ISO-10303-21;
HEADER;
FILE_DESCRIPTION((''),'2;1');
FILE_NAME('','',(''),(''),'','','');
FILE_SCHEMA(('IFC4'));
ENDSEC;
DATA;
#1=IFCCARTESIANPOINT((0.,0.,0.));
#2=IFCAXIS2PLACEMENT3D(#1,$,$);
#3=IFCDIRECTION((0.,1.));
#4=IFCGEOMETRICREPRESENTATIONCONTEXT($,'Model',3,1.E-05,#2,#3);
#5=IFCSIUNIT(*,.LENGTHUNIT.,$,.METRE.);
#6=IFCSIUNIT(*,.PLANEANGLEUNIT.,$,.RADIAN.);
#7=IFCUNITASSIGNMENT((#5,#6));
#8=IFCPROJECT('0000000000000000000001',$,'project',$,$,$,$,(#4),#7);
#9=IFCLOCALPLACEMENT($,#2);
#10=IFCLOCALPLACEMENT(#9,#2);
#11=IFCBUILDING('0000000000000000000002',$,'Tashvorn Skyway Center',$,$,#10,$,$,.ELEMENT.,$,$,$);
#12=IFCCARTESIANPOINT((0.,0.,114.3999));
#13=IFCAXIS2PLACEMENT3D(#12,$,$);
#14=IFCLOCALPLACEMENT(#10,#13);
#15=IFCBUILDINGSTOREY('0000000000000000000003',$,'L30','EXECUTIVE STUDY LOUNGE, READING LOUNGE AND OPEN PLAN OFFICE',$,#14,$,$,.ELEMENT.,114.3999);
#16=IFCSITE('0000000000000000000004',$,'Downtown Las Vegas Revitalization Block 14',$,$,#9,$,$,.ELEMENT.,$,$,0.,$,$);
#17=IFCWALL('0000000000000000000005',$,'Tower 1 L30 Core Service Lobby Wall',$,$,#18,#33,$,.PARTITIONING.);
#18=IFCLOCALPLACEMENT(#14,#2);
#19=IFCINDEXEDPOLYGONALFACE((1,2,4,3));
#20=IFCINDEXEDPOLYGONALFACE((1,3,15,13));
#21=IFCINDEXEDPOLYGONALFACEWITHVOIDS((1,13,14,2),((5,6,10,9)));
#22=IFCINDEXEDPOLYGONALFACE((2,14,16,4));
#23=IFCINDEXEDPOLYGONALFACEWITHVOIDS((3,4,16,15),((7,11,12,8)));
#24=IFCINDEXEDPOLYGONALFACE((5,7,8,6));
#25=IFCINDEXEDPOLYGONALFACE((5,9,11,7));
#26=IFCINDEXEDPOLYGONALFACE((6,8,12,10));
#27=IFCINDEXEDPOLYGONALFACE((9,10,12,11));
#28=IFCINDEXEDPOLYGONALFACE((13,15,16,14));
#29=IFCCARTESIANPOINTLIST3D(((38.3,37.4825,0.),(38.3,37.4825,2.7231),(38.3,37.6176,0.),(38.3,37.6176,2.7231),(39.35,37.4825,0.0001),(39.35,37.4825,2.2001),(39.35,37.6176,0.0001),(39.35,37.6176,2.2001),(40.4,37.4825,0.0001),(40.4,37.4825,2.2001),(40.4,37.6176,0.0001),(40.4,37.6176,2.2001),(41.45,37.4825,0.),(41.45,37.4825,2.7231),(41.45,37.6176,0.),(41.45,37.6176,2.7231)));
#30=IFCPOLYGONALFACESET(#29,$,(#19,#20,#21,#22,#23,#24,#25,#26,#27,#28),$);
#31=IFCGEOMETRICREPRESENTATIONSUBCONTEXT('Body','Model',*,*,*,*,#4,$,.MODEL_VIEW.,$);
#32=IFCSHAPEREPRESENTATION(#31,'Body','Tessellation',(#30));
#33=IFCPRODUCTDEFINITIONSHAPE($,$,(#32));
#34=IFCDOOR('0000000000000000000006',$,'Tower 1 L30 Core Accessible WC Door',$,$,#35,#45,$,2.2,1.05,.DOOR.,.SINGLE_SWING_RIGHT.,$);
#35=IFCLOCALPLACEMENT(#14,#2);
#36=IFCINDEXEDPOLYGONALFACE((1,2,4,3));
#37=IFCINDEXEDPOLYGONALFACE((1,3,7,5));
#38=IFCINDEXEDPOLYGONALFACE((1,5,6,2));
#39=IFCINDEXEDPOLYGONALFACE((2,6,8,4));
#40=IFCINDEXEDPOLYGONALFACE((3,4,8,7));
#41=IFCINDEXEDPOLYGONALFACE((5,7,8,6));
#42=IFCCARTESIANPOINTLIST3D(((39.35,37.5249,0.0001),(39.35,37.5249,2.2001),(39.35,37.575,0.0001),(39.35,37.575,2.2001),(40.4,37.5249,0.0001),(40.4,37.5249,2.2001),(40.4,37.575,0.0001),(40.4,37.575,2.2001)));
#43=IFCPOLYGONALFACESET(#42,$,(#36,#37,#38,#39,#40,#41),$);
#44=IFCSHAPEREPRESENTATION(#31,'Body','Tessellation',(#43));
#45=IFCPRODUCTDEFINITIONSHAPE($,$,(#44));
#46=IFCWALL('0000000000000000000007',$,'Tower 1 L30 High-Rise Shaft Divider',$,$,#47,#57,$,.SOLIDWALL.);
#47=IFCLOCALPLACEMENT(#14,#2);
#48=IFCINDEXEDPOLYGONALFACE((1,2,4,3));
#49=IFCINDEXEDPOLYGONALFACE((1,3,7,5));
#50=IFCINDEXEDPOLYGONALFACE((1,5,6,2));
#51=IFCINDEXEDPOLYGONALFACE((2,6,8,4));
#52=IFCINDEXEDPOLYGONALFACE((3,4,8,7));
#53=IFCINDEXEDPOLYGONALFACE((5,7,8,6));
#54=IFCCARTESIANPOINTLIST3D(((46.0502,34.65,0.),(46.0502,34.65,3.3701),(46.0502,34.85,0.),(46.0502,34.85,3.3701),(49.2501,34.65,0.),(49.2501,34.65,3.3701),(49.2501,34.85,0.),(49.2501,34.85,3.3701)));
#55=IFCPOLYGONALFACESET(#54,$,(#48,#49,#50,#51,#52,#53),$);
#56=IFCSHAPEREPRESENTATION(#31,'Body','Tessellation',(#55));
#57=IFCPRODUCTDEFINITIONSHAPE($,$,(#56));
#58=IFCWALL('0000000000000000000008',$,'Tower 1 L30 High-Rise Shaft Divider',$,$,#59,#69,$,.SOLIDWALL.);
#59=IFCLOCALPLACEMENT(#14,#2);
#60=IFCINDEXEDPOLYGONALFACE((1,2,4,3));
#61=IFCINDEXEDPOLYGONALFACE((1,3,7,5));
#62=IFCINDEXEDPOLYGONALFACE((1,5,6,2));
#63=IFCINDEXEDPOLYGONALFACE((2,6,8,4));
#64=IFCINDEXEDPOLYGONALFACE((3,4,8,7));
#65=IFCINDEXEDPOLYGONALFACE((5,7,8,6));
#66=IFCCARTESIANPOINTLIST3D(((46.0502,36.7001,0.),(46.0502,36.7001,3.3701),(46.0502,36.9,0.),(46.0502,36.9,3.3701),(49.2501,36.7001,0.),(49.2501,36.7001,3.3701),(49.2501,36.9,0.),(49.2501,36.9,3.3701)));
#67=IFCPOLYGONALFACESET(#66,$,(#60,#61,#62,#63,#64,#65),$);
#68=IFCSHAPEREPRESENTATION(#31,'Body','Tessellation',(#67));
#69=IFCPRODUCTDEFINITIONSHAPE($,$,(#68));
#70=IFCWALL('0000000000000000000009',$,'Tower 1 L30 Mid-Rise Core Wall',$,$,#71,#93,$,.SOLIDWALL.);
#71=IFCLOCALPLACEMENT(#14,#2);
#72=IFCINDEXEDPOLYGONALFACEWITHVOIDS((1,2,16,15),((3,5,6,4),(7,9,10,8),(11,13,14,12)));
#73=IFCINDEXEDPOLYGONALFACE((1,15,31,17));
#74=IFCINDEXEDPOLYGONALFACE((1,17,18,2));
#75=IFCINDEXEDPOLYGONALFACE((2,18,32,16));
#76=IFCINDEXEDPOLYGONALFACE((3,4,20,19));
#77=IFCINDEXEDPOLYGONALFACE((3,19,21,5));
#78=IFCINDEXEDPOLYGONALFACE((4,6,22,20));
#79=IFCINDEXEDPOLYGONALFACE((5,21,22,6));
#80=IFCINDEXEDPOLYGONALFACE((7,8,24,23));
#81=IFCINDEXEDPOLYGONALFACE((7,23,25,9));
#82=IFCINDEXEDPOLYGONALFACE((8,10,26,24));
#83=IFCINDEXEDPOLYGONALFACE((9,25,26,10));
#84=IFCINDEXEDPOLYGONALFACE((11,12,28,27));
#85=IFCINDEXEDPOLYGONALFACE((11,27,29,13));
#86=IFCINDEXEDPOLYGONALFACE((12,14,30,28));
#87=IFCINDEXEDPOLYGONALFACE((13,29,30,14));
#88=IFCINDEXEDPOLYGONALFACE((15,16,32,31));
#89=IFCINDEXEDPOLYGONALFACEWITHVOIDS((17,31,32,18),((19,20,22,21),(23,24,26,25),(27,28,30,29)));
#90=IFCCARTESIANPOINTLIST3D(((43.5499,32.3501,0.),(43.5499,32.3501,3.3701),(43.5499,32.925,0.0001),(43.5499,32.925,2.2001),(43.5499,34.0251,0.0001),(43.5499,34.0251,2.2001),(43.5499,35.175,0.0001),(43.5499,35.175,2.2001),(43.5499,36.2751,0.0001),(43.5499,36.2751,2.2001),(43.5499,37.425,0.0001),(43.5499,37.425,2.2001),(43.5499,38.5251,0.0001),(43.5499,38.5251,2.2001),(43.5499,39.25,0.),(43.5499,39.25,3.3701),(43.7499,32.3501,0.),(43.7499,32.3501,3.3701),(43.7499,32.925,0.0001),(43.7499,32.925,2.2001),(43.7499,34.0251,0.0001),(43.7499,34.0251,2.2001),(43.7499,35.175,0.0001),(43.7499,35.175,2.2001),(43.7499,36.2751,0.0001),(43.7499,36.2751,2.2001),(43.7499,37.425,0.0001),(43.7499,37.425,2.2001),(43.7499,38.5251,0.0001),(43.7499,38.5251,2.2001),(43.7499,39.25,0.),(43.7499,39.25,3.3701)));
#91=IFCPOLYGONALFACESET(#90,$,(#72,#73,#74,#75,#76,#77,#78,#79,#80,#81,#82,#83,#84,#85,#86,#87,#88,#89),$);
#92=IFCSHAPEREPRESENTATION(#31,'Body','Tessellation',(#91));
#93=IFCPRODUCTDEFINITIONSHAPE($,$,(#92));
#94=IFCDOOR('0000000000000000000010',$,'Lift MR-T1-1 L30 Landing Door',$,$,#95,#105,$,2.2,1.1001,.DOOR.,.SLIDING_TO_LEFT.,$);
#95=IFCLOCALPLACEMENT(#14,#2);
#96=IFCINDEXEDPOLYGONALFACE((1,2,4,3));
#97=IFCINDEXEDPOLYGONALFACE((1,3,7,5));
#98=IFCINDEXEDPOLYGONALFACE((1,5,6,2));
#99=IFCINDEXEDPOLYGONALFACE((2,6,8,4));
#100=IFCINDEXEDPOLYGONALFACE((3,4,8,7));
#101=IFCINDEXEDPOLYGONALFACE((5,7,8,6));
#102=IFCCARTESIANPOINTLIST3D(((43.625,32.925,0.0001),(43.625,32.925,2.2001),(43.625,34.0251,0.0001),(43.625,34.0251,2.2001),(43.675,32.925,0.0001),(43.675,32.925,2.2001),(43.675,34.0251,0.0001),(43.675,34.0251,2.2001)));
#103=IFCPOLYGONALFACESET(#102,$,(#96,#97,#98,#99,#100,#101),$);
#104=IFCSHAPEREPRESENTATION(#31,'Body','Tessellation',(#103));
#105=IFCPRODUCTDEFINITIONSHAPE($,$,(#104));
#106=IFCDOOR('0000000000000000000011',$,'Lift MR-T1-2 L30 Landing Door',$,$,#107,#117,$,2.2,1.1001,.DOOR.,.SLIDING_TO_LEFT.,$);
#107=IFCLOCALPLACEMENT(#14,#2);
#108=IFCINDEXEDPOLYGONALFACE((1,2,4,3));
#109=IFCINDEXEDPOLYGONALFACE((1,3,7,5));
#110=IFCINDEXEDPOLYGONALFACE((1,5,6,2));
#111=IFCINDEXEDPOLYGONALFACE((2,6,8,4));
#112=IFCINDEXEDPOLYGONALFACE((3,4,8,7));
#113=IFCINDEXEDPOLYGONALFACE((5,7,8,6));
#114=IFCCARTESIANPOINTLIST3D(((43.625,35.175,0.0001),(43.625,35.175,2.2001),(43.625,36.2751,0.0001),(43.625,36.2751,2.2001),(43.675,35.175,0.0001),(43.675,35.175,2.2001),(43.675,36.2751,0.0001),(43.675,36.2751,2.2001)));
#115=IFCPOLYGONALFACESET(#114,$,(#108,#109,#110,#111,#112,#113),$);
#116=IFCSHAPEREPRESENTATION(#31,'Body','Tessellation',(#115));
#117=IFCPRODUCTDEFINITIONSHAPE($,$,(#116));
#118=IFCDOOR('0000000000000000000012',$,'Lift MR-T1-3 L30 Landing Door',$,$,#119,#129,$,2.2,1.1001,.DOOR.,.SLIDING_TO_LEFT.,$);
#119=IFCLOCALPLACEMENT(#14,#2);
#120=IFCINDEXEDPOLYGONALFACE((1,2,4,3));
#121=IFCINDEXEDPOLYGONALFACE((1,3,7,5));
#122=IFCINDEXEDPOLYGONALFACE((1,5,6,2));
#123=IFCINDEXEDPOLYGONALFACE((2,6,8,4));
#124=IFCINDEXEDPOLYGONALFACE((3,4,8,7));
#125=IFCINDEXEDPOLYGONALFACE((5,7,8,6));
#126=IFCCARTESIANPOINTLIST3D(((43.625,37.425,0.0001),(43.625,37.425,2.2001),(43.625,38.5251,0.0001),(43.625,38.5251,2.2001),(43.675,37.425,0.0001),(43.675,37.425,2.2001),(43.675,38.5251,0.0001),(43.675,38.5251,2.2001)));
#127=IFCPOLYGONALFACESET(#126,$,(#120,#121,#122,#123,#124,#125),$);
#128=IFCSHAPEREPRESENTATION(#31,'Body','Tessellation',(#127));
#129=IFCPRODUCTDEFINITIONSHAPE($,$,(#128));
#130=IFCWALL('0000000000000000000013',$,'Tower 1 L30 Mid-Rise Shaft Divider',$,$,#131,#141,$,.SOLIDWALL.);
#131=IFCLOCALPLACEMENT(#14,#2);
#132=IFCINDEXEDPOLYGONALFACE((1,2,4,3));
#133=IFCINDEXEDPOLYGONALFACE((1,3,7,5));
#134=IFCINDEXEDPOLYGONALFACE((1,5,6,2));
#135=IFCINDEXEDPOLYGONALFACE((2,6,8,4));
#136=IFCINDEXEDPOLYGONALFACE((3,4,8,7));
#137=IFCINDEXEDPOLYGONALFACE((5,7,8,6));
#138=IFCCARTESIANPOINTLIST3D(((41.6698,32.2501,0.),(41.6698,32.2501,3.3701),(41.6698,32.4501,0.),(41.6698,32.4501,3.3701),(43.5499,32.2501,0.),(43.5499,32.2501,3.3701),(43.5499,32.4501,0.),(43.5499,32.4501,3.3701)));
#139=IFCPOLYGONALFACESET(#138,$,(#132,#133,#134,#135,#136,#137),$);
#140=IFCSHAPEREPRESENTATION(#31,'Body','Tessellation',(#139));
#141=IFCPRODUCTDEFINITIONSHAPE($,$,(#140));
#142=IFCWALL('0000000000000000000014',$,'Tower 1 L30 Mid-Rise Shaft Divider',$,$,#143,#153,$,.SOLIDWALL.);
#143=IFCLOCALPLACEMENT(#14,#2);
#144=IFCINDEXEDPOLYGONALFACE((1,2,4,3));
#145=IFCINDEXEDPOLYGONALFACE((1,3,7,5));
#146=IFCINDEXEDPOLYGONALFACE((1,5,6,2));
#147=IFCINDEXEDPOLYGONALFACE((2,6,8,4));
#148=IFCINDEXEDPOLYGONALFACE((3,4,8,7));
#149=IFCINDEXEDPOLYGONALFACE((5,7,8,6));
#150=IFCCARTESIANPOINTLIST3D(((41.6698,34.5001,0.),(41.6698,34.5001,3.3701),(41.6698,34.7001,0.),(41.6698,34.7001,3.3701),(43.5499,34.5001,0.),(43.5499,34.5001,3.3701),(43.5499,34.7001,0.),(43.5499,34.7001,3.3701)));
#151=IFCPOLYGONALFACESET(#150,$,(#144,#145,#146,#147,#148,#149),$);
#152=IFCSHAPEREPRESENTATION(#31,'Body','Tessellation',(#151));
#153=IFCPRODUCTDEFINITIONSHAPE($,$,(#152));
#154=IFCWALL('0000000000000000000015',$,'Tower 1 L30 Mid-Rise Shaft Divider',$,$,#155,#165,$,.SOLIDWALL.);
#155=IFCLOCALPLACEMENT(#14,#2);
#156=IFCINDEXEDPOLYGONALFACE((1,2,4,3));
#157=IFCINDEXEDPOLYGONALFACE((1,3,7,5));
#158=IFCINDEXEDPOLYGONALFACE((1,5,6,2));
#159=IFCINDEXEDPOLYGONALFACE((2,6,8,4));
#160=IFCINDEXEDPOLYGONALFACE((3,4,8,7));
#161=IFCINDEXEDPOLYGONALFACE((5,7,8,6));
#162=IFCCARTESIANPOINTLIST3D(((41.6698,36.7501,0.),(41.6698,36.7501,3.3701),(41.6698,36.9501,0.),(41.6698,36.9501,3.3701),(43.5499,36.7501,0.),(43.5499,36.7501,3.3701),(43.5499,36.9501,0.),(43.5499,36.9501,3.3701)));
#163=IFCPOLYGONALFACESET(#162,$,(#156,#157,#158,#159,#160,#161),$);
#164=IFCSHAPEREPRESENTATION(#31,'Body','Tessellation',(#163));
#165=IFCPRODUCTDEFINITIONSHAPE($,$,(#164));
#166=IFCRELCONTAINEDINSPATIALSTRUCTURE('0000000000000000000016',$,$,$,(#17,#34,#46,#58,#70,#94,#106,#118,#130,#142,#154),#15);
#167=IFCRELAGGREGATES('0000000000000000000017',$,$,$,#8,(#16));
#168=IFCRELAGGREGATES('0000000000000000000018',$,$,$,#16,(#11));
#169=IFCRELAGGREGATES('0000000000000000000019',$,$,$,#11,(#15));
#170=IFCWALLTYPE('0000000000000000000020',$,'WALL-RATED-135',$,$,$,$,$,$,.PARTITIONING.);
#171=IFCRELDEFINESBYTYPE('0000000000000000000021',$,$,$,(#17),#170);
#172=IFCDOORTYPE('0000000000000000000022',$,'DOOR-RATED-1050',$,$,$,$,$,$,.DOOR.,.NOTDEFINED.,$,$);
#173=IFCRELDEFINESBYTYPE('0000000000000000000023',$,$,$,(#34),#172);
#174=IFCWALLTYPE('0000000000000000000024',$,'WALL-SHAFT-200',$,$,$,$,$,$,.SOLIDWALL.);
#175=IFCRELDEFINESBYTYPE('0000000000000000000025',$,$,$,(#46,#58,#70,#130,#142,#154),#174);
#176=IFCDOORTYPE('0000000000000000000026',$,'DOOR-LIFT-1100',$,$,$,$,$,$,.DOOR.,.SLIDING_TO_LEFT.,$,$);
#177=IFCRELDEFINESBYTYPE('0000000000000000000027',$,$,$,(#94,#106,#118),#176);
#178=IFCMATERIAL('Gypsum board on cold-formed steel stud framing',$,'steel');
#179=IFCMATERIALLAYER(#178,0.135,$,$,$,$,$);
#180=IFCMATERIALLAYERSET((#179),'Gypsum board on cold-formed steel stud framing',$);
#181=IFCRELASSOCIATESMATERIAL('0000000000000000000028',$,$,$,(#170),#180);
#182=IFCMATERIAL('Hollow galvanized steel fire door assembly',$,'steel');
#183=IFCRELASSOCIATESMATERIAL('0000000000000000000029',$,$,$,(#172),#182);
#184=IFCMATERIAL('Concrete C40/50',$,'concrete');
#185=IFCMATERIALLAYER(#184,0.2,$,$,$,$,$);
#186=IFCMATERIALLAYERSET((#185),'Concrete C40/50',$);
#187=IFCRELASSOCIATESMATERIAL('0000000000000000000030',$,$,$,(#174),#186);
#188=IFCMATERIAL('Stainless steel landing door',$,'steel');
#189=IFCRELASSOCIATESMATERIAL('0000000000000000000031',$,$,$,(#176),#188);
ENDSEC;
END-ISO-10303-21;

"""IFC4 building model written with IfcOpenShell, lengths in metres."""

from ifc_helpers import new_model, si_unit, direction, frame, frame_2d, origin, place, context, subcontext, project, spatial, rectangle, extrude, material, layer, layer_set, type_object, element, fill, save


model = new_model("IFC4")

# Units and contexts
model_context = context("Model", 3, precision=1e-05, world=origin(), true_north=direction((0.0, 1.0)))
body_context = subcontext(model_context, "Body", "Model", "MODEL_VIEW")
ifc_project = project(units=[si_unit("LENGTHUNIT", "METRE"), si_unit("PLANEANGLEUNIT", "RADIAN")], contexts=[model_context])

# Site, building, storey
site_placement = place(None, origin())
site = spatial("IfcSite", under=ifc_project, at=site_placement, Name="Downtown Las Vegas Revitalization Block 14", CompositionType="ELEMENT", RefElevation=0.0)
building_placement = place(site_placement, origin())
building = spatial("IfcBuilding", under=site, at=building_placement, Name="Tashvorn Skyway Center", CompositionType="ELEMENT")
storey_placement = place(building_placement, frame((0.0, 0.0, 114.3999)))
storey = spatial("IfcBuildingStorey", under=building, at=storey_placement, Name="L30", Description="EXECUTIVE STUDY LOUNGE, READING LOUNGE AND OPEN PLAN OFFICE", CompositionType="ELEMENT", Elevation=114.3999)

# Shared definitions
ifc_material_1 = material(Name="Concrete C40/50", Category="concrete")
ifc_material_2 = material(Name="Hollow galvanized steel fire door assembly", Category="steel")

# Shared definitions
ifc_material_3 = material(Name="Gypsum board on cold-formed steel stud framing", Category="steel")

# Wall, opening, door
ifc_layer_1 = layer(ifc_material_3, 0.135)
ifc_layer_set_1 = layer_set([ifc_layer_1], Name="Gypsum board on cold-formed steel stud framing")
wall_type_1 = type_object("IfcWallType", Name="WALL-RATED-135", PredefinedType="PARTITIONING", material=ifc_layer_set_1)
wall_1_placement = place(storey_placement, frame((38.3, 37.55, 0.0), z_axis=(0.0, 0.0, 1.0), x_axis=(1.0, 0.0, 0.0)))
wall_1 = element("IfcWall", 1, at=wall_1_placement, inside=storey, type_object=wall_type_1, Name="Tower 1 L30 Core Service Lobby Wall", PredefinedType="PARTITIONING", context=body_context, shape_type="SweptSolid", body=[
    extrude(rectangle(XDim=3.1499, YDim=0.135, at=frame_2d((1.575, 0.0))), origin(), (0.0, 0.0, 1.0), 2.7231),
])
opening_1_placement = place(wall_1_placement, frame((1.05, 0.0, 0.0)))
opening_1 = element("IfcOpeningElement", 2, at=opening_1_placement, cuts=wall_1, PredefinedType="OPENING", context=body_context, shape_type="SweptSolid", body=[
    extrude(rectangle(XDim=1.05, YDim=2.2, at=frame_2d((0.5249, 1.1001))), frame((0.0, 0.0774, 0.0), z_axis=(0.0, -1.0, 0.0), x_axis=(1.0, 0.0, 0.0)), (0.0, 0.0, 1.0), 0.155),
])
door_type_1 = type_object("IfcDoorType", Name="DOOR-RATED-1050", OperationType="NOTDEFINED", PredefinedType="DOOR", material=ifc_material_2)
door_1_placement = place(opening_1_placement, origin())
door_1 = element("IfcDoor", 3, at=door_1_placement, inside=storey, type_object=door_type_1, Name="Tower 1 L30 Core Accessible WC Door", OperationType="SINGLE_SWING_RIGHT", OverallHeight=2.2, OverallWidth=1.05, PredefinedType="DOOR", context=body_context, shape_type="SweptSolid", body=[
    extrude(rectangle(XDim=1.05, YDim=2.2, at=frame_2d((0.5249, 1.1001))), frame((0.0, 0.0249, 0.0), z_axis=(0.0, -1.0, 0.0), x_axis=(1.0, 0.0, 0.0)), (0.0, 0.0, 1.0), 0.05),
])
fill(opening_1, door_1)

# Walls
ifc_layer_2 = layer(ifc_material_1, 0.2)
ifc_layer_set_2 = layer_set([ifc_layer_2], Name="Concrete C40/50")
wall_type_2 = type_object("IfcWallType", Name="WALL-SHAFT-200", PredefinedType="SOLIDWALL", material=ifc_layer_set_2)
for number, where, z_axis, x_axis, name in (
    (4, (46.05, 34.75, 0.0), (0.0, 0.0, 1.0), (1.0, 0.0, 0.0), "Tower 1 L30 High-Rise Shaft Divider"),
    (5, (46.05, 36.8, 0.0), (0.0, 0.0, 1.0), (1.0, 0.0, 0.0), "Tower 1 L30 High-Rise Shaft Divider"),
):
    element("IfcWall", number, at=place(storey_placement, frame(where, z_axis=z_axis, x_axis=x_axis)), inside=storey, type_object=wall_type_2, Name=name, PredefinedType="SOLIDWALL", context=body_context, shape_type="SweptSolid", body=[
        extrude(rectangle(XDim=3.2, YDim=0.2, at=frame_2d((1.6001, 0.0))), origin(), (0.0, 0.0, 1.0), 3.3701),
    ])

# Wall, openings, doors
wall_2_placement = place(storey_placement, frame((43.6499, 32.3501, 0.0), z_axis=(0.0, 0.0, 1.0), x_axis=(0.0, 1.0, 0.0)))
wall_2 = element("IfcWall", 6, at=wall_2_placement, inside=storey, type_object=wall_type_2, Name="Tower 1 L30 Mid-Rise Core Wall", PredefinedType="SOLIDWALL", context=body_context, shape_type="SweptSolid", body=[
    extrude(rectangle(XDim=6.8999, YDim=0.2, at=frame_2d((3.45, 0.0))), origin(), (0.0, 0.0, 1.0), 3.3701),
])
opening_2_placement = place(wall_2_placement, frame((0.575, 0.0, 0.0)))
opening_2 = element("IfcOpeningElement", 7, at=opening_2_placement, cuts=wall_2, PredefinedType="OPENING", context=body_context, shape_type="SweptSolid", body=[
    extrude(rectangle(XDim=1.1001, YDim=2.2, at=frame_2d((0.55, 1.1001))), frame((0.0, 0.1099, 0.0), z_axis=(0.0, -1.0, 0.0), x_axis=(1.0, 0.0, 0.0)), (0.0, 0.0, 1.0), 0.22),
])
opening_3_placement = place(wall_2_placement, frame((2.825, 0.0, 0.0)))
opening_3 = element("IfcOpeningElement", 8, at=opening_3_placement, cuts=wall_2, PredefinedType="OPENING", context=body_context, shape_type="SweptSolid", body=[
    extrude(rectangle(XDim=1.1001, YDim=2.2, at=frame_2d((0.55, 1.1001))), frame((0.0, 0.1099, 0.0), z_axis=(0.0, -1.0, 0.0), x_axis=(1.0, 0.0, 0.0)), (0.0, 0.0, 1.0), 0.22),
])
opening_4_placement = place(wall_2_placement, frame((5.075, 0.0, 0.0)))
opening_4 = element("IfcOpeningElement", 9, at=opening_4_placement, cuts=wall_2, PredefinedType="OPENING", context=body_context, shape_type="SweptSolid", body=[
    extrude(rectangle(XDim=1.1001, YDim=2.2, at=frame_2d((0.55, 1.1001))), frame((0.0, 0.1099, 0.0), z_axis=(0.0, -1.0, 0.0), x_axis=(1.0, 0.0, 0.0)), (0.0, 0.0, 1.0), 0.22),
])
ifc_material_4 = material(Name="Stainless steel landing door", Category="steel")
door_type_2 = type_object("IfcDoorType", Name="DOOR-LIFT-1100", OperationType="SLIDING_TO_LEFT", PredefinedType="DOOR", material=ifc_material_4)
door_2_placement = place(opening_2_placement, origin())
door_2 = element("IfcDoor", 10, at=door_2_placement, inside=storey, type_object=door_type_2, Name="Lift MR-T1-1 L30 Landing Door", OperationType="SLIDING_TO_LEFT", OverallHeight=2.2, OverallWidth=1.1001, PredefinedType="DOOR", context=body_context, shape_type="SweptSolid", body=[
    extrude(rectangle(XDim=1.1001, YDim=2.2, at=frame_2d((0.55, 1.1001))), frame((0.0, 0.0249, 0.0), z_axis=(0.0, -1.0, 0.0), x_axis=(1.0, 0.0, 0.0)), (0.0, 0.0, 1.0), 0.05),
])
fill(opening_2, door_2)
door_3_placement = place(opening_3_placement, origin())
door_3 = element("IfcDoor", 11, at=door_3_placement, inside=storey, type_object=door_type_2, Name="Lift MR-T1-2 L30 Landing Door", OperationType="SLIDING_TO_LEFT", OverallHeight=2.2, OverallWidth=1.1001, PredefinedType="DOOR", context=body_context, shape_type="SweptSolid", body=[
    extrude(rectangle(XDim=1.1001, YDim=2.2, at=frame_2d((0.55, 1.1001))), frame((0.0, 0.0249, 0.0), z_axis=(0.0, -1.0, 0.0), x_axis=(1.0, 0.0, 0.0)), (0.0, 0.0, 1.0), 0.05),
])
fill(opening_3, door_3)
door_4_placement = place(opening_4_placement, origin())
door_4 = element("IfcDoor", 12, at=door_4_placement, inside=storey, type_object=door_type_2, Name="Lift MR-T1-3 L30 Landing Door", OperationType="SLIDING_TO_LEFT", OverallHeight=2.2, OverallWidth=1.1001, PredefinedType="DOOR", context=body_context, shape_type="SweptSolid", body=[
    extrude(rectangle(XDim=1.1001, YDim=2.2, at=frame_2d((0.55, 1.1001))), frame((0.0, 0.0249, 0.0), z_axis=(0.0, -1.0, 0.0), x_axis=(1.0, 0.0, 0.0)), (0.0, 0.0, 1.0), 0.05),
])
fill(opening_4, door_4)

# Walls
for number, where, z_axis, x_axis, name in (
    (13, (41.6699, 32.3501, 0.0), (0.0, 0.0, 1.0), (1.0, 0.0, 0.0), "Tower 1 L30 Mid-Rise Shaft Divider"),
    (14, (41.6699, 34.6001, 0.0), (0.0, 0.0, 1.0), (1.0, 0.0, 0.0), "Tower 1 L30 Mid-Rise Shaft Divider"),
    (15, (41.6699, 36.8501, 0.0), (0.0, 0.0, 1.0), (1.0, 0.0, 0.0), "Tower 1 L30 Mid-Rise Shaft Divider"),
):
    element("IfcWall", number, at=place(storey_placement, frame(where, z_axis=z_axis, x_axis=x_axis)), inside=storey, type_object=wall_type_2, Name=name, PredefinedType="SOLIDWALL", context=body_context, shape_type="SweptSolid", body=[
        extrude(rectangle(XDim=1.8801, YDim=0.2, at=frame_2d((0.9399, 0.0))), origin(), (0.0, 0.0, 1.0), 3.3701),
    ])

save(model, "model.ifc")
